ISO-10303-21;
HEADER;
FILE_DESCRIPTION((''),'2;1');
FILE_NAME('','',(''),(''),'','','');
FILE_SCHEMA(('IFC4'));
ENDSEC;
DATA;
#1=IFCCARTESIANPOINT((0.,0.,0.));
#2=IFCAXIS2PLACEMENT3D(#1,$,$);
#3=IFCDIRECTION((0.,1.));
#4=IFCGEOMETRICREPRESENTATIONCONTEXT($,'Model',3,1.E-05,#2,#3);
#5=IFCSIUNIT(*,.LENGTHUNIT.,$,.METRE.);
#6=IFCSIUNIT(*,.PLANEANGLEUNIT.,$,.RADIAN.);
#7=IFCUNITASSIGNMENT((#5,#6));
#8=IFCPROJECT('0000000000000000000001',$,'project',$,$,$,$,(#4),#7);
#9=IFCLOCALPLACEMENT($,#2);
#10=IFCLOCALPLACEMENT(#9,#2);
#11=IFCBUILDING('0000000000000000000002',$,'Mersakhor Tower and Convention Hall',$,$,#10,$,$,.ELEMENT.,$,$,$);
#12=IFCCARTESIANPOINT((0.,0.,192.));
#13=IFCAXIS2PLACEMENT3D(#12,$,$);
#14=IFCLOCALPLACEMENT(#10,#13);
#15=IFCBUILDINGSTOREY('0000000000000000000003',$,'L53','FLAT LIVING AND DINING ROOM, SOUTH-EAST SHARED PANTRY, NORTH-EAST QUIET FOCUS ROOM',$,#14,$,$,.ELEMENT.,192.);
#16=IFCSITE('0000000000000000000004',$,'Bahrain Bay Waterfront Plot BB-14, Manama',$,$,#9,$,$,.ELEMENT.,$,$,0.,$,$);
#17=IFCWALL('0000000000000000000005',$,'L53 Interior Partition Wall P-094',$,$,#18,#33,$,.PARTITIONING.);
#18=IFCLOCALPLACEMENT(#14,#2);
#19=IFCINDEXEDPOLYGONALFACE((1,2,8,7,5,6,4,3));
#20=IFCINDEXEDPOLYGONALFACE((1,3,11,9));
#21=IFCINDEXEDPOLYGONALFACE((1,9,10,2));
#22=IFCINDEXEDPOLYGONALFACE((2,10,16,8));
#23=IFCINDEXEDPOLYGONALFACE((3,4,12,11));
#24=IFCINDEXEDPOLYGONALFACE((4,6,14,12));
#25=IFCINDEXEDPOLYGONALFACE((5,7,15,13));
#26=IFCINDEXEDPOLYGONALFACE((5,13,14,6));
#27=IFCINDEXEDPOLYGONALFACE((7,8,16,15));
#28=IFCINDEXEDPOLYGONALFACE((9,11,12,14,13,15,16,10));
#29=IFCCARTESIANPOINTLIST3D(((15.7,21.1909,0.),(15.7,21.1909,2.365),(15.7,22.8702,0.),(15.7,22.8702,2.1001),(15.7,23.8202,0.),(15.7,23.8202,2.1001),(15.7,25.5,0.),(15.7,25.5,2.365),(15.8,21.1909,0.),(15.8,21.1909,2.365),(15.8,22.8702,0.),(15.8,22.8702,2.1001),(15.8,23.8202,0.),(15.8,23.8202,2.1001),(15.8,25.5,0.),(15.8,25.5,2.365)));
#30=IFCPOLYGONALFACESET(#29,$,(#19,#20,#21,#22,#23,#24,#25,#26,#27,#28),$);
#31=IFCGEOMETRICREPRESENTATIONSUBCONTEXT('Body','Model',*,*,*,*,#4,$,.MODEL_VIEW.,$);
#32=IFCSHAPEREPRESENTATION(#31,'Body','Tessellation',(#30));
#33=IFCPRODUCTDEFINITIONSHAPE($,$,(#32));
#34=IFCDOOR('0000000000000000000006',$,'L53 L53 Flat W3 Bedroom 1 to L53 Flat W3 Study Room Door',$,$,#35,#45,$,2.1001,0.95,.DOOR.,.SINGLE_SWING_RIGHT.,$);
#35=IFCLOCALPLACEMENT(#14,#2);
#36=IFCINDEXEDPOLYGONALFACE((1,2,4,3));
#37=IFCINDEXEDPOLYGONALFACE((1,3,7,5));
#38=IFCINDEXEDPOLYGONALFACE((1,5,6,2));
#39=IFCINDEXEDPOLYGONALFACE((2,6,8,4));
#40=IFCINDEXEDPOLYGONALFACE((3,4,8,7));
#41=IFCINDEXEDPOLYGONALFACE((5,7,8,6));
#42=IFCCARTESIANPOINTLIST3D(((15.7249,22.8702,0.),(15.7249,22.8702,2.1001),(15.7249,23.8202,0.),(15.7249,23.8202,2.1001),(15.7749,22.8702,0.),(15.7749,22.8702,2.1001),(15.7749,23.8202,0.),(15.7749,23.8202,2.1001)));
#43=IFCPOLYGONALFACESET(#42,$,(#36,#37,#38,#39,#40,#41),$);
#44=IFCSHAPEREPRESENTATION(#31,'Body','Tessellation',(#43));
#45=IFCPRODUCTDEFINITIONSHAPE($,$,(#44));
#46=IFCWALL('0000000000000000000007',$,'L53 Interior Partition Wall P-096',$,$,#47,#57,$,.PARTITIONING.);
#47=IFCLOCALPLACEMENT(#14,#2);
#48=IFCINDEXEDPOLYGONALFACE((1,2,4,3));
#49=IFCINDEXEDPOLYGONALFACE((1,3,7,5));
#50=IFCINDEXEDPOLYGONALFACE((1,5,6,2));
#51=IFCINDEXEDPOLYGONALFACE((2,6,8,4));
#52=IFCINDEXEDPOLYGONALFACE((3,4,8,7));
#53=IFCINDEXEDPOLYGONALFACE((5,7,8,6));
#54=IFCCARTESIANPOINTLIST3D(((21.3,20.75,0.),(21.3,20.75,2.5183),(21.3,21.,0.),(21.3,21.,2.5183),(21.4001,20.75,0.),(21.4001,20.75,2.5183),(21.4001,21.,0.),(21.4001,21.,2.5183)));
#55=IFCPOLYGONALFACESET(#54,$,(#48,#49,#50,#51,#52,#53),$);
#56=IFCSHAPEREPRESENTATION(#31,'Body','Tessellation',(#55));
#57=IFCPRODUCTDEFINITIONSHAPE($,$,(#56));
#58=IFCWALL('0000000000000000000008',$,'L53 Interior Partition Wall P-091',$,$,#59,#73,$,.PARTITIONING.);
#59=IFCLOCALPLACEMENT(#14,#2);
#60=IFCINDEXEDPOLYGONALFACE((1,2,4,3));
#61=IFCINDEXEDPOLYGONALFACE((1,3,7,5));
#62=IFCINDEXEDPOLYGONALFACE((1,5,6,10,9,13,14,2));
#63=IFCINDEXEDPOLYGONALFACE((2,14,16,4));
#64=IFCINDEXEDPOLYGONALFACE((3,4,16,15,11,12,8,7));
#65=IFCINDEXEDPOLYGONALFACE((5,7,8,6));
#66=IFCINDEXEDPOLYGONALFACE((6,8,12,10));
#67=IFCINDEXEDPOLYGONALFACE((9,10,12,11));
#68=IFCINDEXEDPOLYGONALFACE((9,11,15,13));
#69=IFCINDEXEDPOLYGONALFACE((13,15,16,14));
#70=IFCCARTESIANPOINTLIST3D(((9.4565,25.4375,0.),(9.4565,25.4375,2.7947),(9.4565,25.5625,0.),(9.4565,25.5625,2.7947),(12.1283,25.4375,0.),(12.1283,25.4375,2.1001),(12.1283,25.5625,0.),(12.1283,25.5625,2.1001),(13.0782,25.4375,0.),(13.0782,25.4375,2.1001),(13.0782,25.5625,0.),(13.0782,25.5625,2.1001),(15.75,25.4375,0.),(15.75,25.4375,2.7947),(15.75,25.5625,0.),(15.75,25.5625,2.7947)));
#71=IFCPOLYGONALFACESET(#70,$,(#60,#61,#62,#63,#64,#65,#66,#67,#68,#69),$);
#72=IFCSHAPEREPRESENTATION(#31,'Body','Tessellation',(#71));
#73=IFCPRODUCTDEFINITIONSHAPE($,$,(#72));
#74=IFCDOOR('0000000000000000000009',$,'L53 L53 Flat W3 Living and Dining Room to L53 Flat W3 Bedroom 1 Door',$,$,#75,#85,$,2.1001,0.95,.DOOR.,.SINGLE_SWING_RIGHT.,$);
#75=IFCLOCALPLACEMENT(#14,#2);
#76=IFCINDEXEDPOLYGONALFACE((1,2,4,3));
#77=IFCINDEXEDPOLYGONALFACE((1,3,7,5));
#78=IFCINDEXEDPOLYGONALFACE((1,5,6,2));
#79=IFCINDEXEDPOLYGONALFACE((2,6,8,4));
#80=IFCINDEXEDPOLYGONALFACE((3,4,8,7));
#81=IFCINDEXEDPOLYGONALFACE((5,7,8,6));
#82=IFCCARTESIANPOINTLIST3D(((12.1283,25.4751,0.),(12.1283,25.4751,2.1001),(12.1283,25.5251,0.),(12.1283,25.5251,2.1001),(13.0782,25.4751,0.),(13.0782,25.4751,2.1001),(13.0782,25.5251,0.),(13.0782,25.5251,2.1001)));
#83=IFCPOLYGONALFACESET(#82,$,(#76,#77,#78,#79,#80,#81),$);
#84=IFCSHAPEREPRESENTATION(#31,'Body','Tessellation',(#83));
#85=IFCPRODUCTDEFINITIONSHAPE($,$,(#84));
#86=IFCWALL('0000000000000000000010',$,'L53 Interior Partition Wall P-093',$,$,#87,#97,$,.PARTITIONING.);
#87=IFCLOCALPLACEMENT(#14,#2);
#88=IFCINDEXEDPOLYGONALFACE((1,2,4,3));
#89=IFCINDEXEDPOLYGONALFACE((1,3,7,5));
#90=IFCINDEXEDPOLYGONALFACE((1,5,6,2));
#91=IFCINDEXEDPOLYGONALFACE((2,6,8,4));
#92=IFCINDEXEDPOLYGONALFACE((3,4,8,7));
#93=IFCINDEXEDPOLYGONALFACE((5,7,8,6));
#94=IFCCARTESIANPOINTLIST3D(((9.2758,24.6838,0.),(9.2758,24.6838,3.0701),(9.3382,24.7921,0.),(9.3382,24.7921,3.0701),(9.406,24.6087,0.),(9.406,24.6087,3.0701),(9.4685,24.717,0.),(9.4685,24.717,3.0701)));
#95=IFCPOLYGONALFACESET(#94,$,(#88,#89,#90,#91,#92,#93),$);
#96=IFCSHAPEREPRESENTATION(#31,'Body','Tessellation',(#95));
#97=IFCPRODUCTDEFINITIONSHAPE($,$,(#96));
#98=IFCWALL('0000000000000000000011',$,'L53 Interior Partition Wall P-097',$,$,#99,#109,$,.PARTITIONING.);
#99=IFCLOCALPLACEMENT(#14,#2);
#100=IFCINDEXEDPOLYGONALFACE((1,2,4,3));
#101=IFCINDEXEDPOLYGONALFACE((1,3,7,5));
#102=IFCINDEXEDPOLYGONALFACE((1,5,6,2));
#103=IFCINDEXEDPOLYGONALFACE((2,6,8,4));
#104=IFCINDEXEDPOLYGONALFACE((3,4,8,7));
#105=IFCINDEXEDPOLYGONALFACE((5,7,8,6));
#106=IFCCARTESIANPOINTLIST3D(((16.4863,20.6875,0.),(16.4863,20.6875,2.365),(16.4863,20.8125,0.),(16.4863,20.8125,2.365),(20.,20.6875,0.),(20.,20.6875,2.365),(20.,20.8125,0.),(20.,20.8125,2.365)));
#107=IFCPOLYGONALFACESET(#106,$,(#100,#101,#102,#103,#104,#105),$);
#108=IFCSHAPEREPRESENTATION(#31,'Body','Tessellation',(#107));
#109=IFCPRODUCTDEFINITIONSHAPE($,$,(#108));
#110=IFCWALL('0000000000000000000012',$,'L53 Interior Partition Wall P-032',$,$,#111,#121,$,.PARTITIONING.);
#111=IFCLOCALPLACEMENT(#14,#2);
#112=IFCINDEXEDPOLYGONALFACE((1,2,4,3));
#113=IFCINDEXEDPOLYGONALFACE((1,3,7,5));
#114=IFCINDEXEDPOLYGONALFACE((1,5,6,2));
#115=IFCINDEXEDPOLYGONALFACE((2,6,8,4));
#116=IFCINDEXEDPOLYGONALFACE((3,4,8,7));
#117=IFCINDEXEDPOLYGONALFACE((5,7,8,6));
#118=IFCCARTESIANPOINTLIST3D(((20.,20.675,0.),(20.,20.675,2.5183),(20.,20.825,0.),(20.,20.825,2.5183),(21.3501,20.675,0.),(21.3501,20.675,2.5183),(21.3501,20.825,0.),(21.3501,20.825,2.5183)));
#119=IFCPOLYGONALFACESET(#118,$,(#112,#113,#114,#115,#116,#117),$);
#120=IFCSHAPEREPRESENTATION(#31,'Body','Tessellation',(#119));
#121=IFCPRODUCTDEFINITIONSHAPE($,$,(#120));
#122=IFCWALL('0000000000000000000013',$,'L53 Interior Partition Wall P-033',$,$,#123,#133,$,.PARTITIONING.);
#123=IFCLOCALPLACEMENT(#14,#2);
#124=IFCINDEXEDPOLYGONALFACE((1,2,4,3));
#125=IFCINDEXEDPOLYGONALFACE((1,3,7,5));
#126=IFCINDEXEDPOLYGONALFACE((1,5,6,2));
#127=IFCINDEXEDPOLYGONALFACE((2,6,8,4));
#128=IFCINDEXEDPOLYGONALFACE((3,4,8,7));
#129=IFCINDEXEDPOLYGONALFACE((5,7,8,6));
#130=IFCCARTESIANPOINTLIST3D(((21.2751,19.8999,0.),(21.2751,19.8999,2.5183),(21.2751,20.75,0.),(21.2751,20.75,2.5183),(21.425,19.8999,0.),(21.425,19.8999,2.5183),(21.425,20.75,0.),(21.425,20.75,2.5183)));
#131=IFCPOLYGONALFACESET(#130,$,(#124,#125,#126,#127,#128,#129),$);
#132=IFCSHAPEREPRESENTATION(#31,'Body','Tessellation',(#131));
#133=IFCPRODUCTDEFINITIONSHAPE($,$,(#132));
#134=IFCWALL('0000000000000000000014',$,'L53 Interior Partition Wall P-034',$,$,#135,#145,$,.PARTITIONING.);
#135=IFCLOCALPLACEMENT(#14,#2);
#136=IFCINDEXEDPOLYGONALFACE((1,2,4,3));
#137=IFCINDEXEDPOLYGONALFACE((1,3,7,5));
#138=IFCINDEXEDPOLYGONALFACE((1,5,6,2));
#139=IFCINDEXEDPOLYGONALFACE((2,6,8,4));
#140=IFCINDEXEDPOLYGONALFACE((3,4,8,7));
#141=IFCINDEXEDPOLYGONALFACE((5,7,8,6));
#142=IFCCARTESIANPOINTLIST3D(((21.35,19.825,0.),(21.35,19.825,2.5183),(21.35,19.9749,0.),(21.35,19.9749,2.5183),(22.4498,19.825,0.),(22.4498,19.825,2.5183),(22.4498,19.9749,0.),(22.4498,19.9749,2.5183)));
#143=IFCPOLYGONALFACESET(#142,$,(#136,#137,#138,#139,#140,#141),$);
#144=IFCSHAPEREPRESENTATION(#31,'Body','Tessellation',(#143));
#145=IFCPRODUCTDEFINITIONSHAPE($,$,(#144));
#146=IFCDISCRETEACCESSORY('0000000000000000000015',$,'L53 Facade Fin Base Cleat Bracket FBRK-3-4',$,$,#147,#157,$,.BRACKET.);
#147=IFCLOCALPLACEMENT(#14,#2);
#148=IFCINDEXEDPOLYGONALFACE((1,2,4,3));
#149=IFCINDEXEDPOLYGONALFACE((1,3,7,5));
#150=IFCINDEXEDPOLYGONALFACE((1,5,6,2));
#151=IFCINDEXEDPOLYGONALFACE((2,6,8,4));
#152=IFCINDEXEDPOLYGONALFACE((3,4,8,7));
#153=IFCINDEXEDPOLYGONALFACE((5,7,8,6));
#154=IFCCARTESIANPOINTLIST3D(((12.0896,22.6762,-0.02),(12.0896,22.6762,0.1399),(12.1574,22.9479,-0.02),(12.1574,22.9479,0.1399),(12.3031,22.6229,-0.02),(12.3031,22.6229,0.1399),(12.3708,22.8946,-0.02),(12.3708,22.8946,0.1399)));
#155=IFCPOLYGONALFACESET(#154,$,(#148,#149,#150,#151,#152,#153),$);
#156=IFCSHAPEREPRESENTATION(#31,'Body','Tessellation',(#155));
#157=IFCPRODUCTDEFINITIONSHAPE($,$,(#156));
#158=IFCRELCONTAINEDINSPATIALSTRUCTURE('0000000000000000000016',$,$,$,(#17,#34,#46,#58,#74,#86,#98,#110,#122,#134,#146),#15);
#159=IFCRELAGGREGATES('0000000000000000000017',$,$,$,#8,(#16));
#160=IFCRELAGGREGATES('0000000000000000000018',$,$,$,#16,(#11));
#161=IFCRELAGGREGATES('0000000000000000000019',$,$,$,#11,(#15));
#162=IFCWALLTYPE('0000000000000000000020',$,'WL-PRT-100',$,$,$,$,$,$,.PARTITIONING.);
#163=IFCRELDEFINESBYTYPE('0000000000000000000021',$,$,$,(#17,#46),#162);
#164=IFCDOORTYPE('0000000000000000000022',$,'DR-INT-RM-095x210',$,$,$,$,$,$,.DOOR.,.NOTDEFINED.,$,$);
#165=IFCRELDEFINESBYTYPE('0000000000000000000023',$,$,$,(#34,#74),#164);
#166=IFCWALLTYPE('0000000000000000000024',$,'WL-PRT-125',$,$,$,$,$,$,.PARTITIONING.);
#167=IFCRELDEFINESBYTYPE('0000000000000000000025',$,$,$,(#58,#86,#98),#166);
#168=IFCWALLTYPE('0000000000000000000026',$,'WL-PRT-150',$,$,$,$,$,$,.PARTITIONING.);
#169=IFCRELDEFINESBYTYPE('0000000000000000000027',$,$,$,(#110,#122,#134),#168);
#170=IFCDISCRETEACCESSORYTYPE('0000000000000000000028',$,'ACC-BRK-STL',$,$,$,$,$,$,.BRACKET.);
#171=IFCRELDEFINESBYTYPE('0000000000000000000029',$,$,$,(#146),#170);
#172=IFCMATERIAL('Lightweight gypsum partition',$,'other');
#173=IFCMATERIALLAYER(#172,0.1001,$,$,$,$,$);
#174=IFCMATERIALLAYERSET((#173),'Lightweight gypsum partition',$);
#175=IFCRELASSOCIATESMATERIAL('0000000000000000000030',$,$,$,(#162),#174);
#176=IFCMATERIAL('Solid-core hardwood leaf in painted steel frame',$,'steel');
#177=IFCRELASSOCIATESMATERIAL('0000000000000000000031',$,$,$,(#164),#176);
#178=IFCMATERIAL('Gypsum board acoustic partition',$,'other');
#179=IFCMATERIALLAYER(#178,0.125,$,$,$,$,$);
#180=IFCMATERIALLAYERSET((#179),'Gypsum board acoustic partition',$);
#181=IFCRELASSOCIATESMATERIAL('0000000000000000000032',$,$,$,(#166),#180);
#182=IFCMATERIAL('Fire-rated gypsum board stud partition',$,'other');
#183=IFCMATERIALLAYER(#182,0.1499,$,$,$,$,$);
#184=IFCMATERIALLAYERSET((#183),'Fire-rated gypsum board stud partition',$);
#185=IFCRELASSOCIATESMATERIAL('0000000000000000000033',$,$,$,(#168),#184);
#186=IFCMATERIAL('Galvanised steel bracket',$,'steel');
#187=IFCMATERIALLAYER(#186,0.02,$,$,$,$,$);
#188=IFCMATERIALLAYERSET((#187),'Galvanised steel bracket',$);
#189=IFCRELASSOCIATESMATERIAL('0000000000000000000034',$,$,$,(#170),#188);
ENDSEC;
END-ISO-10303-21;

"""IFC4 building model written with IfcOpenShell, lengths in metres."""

from ifc_helpers import new_model, si_unit, direction, frame, frame_2d, origin, origin_2d, place, context, subcontext, project, spatial, rectangle, extrude, material, layer, layer_set, type_object, element, fill, save


model = new_model("IFC4")

# Units and contexts
model_context = context("Model", 3, precision=1e-05, world=origin(), true_north=direction((0.0, 1.0)))
body_context = subcontext(model_context, "Body", "Model", "MODEL_VIEW")
ifc_project = project(units=[si_unit("LENGTHUNIT", "METRE"), si_unit("PLANEANGLEUNIT", "RADIAN")], contexts=[model_context])

# Site, building, storey
site_placement = place(None, origin())
site = spatial("IfcSite", under=ifc_project, at=site_placement, Name="Bahrain Bay Waterfront Plot BB-14, Manama", CompositionType="ELEMENT", RefElevation=0.0)
building_placement = place(site_placement, origin())
building = spatial("IfcBuilding", under=site, at=building_placement, Name="Mersakhor Tower and Convention Hall", CompositionType="ELEMENT")
storey_placement = place(building_placement, frame((0.0, 0.0, 192.0)))
storey = spatial("IfcBuildingStorey", under=building, at=storey_placement, Name="L53", Description="FLAT LIVING AND DINING ROOM, SOUTH-EAST SHARED PANTRY, NORTH-EAST QUIET FOCUS ROOM", CompositionType="ELEMENT", Elevation=192.0)

# Wall, opening, door
ifc_material_1 = material(Name="Lightweight gypsum partition", Category="other")
ifc_layer_1 = layer(ifc_material_1, 0.1001)
ifc_layer_set_1 = layer_set([ifc_layer_1], Name="Lightweight gypsum partition")
wall_type_1 = type_object("IfcWallType", Name="WL-PRT-100", PredefinedType="PARTITIONING", material=ifc_layer_set_1)
wall_1_placement = place(storey_placement, frame((15.75, 25.5, 0.0), z_axis=(0.0, 0.0, 1.0), x_axis=(0.0, -1.0, 0.0)))
wall_1 = element("IfcWall", 1, at=wall_1_placement, inside=storey, type_object=wall_type_1, Name="L53 Interior Partition Wall P-094", PredefinedType="PARTITIONING", context=body_context, shape_type="SweptSolid", body=[
    extrude(rectangle(XDim=4.3091, YDim=0.1001, at=frame_2d((2.1545, 0.0))), origin(), (0.0, 0.0, 1.0), 2.365),
])
opening_1_placement = place(wall_1_placement, frame((1.6797, 0.0, 0.0)))
opening_1 = element("IfcOpeningElement", 2, at=opening_1_placement, cuts=wall_1, PredefinedType="OPENING", context=body_context, shape_type="SweptSolid", body=[
    extrude(rectangle(XDim=0.95, YDim=2.1001, at=frame_2d((0.4751, 1.05))), frame((0.0, 0.0601, 0.0), z_axis=(0.0, -1.0, 0.0), x_axis=(1.0, 0.0, 0.0)), (0.0, 0.0, 1.0), 0.1201),
])
ifc_material_2 = material(Name="Solid-core hardwood leaf in painted steel frame", Category="steel")
door_type = type_object("IfcDoorType", Name="DR-INT-RM-095x210", OperationType="NOTDEFINED", PredefinedType="DOOR", material=ifc_material_2)
door_1_placement = place(opening_1_placement, origin())
door_1 = element("IfcDoor", 3, at=door_1_placement, inside=storey, type_object=door_type, Name="L53 L53 Flat W3 Bedroom 1 to L53 Flat W3 Study Room Door", OperationType="SINGLE_SWING_RIGHT", OverallHeight=2.1001, OverallWidth=0.95, PredefinedType="DOOR", context=body_context, shape_type="SweptSolid", body=[
    extrude(rectangle(XDim=0.95, YDim=2.1001, at=frame_2d((0.4751, 1.05))), frame((0.0, 0.0249, 0.0), z_axis=(0.0, -1.0, 0.0), x_axis=(1.0, 0.0, 0.0)), (0.0, 0.0, 1.0), 0.05),
])
fill(opening_1, door_1)

# Wall
wall_2_placement = place(storey_placement, frame((21.3501, 21.0, 0.0), z_axis=(0.0, 0.0, 1.0), x_axis=(0.0, -1.0, 0.0)))
element("IfcWall", 4, at=wall_2_placement, inside=storey, type_object=wall_type_1, Name="L53 Interior Partition Wall P-096", PredefinedType="PARTITIONING", context=body_context, shape_type="SweptSolid", body=[
    extrude(rectangle(XDim=0.25, YDim=0.1001, at=frame_2d((0.125, 0.0))), origin(), (0.0, 0.0, 1.0), 2.5183),
])

# Wall, opening, door
ifc_material_3 = material(Name="Gypsum board acoustic partition", Category="other")
ifc_layer_2 = layer(ifc_material_3, 0.125)
ifc_layer_set_2 = layer_set([ifc_layer_2], Name="Gypsum board acoustic partition")
wall_type_2 = type_object("IfcWallType", Name="WL-PRT-125", PredefinedType="PARTITIONING", material=ifc_layer_set_2)
wall_3_placement = place(storey_placement, frame((15.75, 25.5, 0.0), z_axis=(0.0, 0.0, 1.0), x_axis=(-1.0, 0.0, 0.0)))
wall_3 = element("IfcWall", 5, at=wall_3_placement, inside=storey, type_object=wall_type_2, Name="L53 Interior Partition Wall P-091", PredefinedType="PARTITIONING", context=body_context, shape_type="SweptSolid", body=[
    extrude(rectangle(XDim=6.2935, YDim=0.125, at=frame_2d((3.1467, 0.0))), origin(), (0.0, 0.0, 1.0), 2.7947),
])
opening_2_placement = place(wall_3_placement, frame((2.6716, 0.0, 0.0)))
opening_2 = element("IfcOpeningElement", 6, at=opening_2_placement, cuts=wall_3, PredefinedType="OPENING", context=body_context, shape_type="SweptSolid", body=[
    extrude(rectangle(XDim=0.95, YDim=2.1001, at=frame_2d((0.4751, 1.05))), frame((0.0, 0.0725, 0.0), z_axis=(0.0, -1.0, 0.0), x_axis=(1.0, 0.0, 0.0)), (0.0, 0.0, 1.0), 0.145),
])
door_2_placement = place(opening_2_placement, origin())
door_2 = element("IfcDoor", 7, at=door_2_placement, inside=storey, type_object=door_type, Name="L53 L53 Flat W3 Living and Dining Room to L53 Flat W3 Bedroom 1 Door", OperationType="SINGLE_SWING_RIGHT", OverallHeight=2.1001, OverallWidth=0.95, PredefinedType="DOOR", context=body_context, shape_type="SweptSolid", body=[
    extrude(rectangle(XDim=0.95, YDim=2.1001, at=frame_2d((0.4751, 1.05))), frame((0.0, 0.0249, 0.0), z_axis=(0.0, -1.0, 0.0), x_axis=(1.0, 0.0, 0.0)), (0.0, 0.0, 1.0), 0.05),
])
fill(opening_2, door_2)

# Walls
wall_4_placement = place(storey_placement, frame((9.4373, 24.6628, 0.0), z_axis=(0.0, 0.0, 1.0), x_axis=(-0.86624, 0.499629, 0.0)))
element("IfcWall", 8, at=wall_4_placement, inside=storey, type_object=wall_type_2, Name="L53 Interior Partition Wall P-093", PredefinedType="PARTITIONING", context=body_context, shape_type="SweptSolid", body=[
    extrude(rectangle(XDim=0.1504, YDim=0.125, at=frame_2d((0.0752, 0.0))), origin(), (0.0, 0.0, 1.0), 3.0701),
])
wall_5_placement = place(storey_placement, frame((20.0, 20.75, 0.0), z_axis=(0.0, 0.0, 1.0), x_axis=(-1.0, 0.0, 0.0)))
element("IfcWall", 9, at=wall_5_placement, inside=storey, type_object=wall_type_2, Name="L53 Interior Partition Wall P-097", PredefinedType="PARTITIONING", context=body_context, shape_type="SweptSolid", body=[
    extrude(rectangle(XDim=3.5137, YDim=0.125, at=frame_2d((1.7568, 0.0))), origin(), (0.0, 0.0, 1.0), 2.365),
])
ifc_material_4 = material(Name="Fire-rated gypsum board stud partition", Category="other")
ifc_layer_3 = layer(ifc_material_4, 0.1499)
ifc_layer_set_3 = layer_set([ifc_layer_3], Name="Fire-rated gypsum board stud partition")
wall_type_3 = type_object("IfcWallType", Name="WL-PRT-150", PredefinedType="PARTITIONING", material=ifc_layer_set_3)
wall_6_placement = place(storey_placement, frame((20.0, 20.75, 0.0), z_axis=(0.0, 0.0, 1.0), x_axis=(1.0, 0.0, 0.0)))
element("IfcWall", 10, at=wall_6_placement, inside=storey, type_object=wall_type_3, Name="L53 Interior Partition Wall P-032", PredefinedType="PARTITIONING", context=body_context, shape_type="SweptSolid", body=[
    extrude(rectangle(XDim=1.3501, YDim=0.1499, at=frame_2d((0.675, 0.0))), origin(), (0.0, 0.0, 1.0), 2.5183),
])
wall_7_placement = place(storey_placement, frame((21.3501, 20.75, 0.0), z_axis=(0.0, 0.0, 1.0), x_axis=(0.0, -1.0, 0.0)))
element("IfcWall", 11, at=wall_7_placement, inside=storey, type_object=wall_type_3, Name="L53 Interior Partition Wall P-033", PredefinedType="PARTITIONING", context=body_context, shape_type="SweptSolid", body=[
    extrude(rectangle(XDim=0.8501, YDim=0.1499, at=frame_2d((0.425, 0.0))), origin(), (0.0, 0.0, 1.0), 2.5183),
])
wall_8_placement = place(storey_placement, frame((21.3501, 19.8999, 0.0), z_axis=(0.0, 0.0, 1.0), x_axis=(1.0, 0.0, 0.0)))
element("IfcWall", 12, at=wall_8_placement, inside=storey, type_object=wall_type_3, Name="L53 Interior Partition Wall P-034", PredefinedType="PARTITIONING", context=body_context, shape_type="SweptSolid", body=[
    extrude(rectangle(XDim=1.0999, YDim=0.1499, at=frame_2d((0.5498, 0.0))), origin(), (0.0, 0.0, 1.0), 2.5183),
])

# Discrete accessory
ifc_material_5 = material(Name="Galvanised steel bracket", Category="steel")
ifc_layer_4 = layer(ifc_material_5, 0.02)
ifc_layer_set_4 = layer_set([ifc_layer_4], Name="Galvanised steel bracket")
discrete_accessory_type = type_object("IfcDiscreteAccessoryType", Name="ACC-BRK-STL", PredefinedType="BRACKET", material=ifc_layer_set_4)
discrete_accessory_placement = place(storey_placement, frame((12.2302, 22.7854, -0.02), z_axis=(0.0, 0.0, 1.0), x_axis=(-0.241922, -0.970296, 0.0)))
element("IfcDiscreteAccessory", 13, at=discrete_accessory_placement, inside=storey, type_object=discrete_accessory_type, Name="L53 Facade Fin Base Cleat Bracket FBRK-3-4", PredefinedType="BRACKET", context=body_context, shape_type="SweptSolid", body=[
    extrude(rectangle(XDim=0.28, YDim=0.22, at=origin_2d()), origin(), (0.0, 0.0, 1.0), 0.1599),
])

save(model, "model.ifc")
